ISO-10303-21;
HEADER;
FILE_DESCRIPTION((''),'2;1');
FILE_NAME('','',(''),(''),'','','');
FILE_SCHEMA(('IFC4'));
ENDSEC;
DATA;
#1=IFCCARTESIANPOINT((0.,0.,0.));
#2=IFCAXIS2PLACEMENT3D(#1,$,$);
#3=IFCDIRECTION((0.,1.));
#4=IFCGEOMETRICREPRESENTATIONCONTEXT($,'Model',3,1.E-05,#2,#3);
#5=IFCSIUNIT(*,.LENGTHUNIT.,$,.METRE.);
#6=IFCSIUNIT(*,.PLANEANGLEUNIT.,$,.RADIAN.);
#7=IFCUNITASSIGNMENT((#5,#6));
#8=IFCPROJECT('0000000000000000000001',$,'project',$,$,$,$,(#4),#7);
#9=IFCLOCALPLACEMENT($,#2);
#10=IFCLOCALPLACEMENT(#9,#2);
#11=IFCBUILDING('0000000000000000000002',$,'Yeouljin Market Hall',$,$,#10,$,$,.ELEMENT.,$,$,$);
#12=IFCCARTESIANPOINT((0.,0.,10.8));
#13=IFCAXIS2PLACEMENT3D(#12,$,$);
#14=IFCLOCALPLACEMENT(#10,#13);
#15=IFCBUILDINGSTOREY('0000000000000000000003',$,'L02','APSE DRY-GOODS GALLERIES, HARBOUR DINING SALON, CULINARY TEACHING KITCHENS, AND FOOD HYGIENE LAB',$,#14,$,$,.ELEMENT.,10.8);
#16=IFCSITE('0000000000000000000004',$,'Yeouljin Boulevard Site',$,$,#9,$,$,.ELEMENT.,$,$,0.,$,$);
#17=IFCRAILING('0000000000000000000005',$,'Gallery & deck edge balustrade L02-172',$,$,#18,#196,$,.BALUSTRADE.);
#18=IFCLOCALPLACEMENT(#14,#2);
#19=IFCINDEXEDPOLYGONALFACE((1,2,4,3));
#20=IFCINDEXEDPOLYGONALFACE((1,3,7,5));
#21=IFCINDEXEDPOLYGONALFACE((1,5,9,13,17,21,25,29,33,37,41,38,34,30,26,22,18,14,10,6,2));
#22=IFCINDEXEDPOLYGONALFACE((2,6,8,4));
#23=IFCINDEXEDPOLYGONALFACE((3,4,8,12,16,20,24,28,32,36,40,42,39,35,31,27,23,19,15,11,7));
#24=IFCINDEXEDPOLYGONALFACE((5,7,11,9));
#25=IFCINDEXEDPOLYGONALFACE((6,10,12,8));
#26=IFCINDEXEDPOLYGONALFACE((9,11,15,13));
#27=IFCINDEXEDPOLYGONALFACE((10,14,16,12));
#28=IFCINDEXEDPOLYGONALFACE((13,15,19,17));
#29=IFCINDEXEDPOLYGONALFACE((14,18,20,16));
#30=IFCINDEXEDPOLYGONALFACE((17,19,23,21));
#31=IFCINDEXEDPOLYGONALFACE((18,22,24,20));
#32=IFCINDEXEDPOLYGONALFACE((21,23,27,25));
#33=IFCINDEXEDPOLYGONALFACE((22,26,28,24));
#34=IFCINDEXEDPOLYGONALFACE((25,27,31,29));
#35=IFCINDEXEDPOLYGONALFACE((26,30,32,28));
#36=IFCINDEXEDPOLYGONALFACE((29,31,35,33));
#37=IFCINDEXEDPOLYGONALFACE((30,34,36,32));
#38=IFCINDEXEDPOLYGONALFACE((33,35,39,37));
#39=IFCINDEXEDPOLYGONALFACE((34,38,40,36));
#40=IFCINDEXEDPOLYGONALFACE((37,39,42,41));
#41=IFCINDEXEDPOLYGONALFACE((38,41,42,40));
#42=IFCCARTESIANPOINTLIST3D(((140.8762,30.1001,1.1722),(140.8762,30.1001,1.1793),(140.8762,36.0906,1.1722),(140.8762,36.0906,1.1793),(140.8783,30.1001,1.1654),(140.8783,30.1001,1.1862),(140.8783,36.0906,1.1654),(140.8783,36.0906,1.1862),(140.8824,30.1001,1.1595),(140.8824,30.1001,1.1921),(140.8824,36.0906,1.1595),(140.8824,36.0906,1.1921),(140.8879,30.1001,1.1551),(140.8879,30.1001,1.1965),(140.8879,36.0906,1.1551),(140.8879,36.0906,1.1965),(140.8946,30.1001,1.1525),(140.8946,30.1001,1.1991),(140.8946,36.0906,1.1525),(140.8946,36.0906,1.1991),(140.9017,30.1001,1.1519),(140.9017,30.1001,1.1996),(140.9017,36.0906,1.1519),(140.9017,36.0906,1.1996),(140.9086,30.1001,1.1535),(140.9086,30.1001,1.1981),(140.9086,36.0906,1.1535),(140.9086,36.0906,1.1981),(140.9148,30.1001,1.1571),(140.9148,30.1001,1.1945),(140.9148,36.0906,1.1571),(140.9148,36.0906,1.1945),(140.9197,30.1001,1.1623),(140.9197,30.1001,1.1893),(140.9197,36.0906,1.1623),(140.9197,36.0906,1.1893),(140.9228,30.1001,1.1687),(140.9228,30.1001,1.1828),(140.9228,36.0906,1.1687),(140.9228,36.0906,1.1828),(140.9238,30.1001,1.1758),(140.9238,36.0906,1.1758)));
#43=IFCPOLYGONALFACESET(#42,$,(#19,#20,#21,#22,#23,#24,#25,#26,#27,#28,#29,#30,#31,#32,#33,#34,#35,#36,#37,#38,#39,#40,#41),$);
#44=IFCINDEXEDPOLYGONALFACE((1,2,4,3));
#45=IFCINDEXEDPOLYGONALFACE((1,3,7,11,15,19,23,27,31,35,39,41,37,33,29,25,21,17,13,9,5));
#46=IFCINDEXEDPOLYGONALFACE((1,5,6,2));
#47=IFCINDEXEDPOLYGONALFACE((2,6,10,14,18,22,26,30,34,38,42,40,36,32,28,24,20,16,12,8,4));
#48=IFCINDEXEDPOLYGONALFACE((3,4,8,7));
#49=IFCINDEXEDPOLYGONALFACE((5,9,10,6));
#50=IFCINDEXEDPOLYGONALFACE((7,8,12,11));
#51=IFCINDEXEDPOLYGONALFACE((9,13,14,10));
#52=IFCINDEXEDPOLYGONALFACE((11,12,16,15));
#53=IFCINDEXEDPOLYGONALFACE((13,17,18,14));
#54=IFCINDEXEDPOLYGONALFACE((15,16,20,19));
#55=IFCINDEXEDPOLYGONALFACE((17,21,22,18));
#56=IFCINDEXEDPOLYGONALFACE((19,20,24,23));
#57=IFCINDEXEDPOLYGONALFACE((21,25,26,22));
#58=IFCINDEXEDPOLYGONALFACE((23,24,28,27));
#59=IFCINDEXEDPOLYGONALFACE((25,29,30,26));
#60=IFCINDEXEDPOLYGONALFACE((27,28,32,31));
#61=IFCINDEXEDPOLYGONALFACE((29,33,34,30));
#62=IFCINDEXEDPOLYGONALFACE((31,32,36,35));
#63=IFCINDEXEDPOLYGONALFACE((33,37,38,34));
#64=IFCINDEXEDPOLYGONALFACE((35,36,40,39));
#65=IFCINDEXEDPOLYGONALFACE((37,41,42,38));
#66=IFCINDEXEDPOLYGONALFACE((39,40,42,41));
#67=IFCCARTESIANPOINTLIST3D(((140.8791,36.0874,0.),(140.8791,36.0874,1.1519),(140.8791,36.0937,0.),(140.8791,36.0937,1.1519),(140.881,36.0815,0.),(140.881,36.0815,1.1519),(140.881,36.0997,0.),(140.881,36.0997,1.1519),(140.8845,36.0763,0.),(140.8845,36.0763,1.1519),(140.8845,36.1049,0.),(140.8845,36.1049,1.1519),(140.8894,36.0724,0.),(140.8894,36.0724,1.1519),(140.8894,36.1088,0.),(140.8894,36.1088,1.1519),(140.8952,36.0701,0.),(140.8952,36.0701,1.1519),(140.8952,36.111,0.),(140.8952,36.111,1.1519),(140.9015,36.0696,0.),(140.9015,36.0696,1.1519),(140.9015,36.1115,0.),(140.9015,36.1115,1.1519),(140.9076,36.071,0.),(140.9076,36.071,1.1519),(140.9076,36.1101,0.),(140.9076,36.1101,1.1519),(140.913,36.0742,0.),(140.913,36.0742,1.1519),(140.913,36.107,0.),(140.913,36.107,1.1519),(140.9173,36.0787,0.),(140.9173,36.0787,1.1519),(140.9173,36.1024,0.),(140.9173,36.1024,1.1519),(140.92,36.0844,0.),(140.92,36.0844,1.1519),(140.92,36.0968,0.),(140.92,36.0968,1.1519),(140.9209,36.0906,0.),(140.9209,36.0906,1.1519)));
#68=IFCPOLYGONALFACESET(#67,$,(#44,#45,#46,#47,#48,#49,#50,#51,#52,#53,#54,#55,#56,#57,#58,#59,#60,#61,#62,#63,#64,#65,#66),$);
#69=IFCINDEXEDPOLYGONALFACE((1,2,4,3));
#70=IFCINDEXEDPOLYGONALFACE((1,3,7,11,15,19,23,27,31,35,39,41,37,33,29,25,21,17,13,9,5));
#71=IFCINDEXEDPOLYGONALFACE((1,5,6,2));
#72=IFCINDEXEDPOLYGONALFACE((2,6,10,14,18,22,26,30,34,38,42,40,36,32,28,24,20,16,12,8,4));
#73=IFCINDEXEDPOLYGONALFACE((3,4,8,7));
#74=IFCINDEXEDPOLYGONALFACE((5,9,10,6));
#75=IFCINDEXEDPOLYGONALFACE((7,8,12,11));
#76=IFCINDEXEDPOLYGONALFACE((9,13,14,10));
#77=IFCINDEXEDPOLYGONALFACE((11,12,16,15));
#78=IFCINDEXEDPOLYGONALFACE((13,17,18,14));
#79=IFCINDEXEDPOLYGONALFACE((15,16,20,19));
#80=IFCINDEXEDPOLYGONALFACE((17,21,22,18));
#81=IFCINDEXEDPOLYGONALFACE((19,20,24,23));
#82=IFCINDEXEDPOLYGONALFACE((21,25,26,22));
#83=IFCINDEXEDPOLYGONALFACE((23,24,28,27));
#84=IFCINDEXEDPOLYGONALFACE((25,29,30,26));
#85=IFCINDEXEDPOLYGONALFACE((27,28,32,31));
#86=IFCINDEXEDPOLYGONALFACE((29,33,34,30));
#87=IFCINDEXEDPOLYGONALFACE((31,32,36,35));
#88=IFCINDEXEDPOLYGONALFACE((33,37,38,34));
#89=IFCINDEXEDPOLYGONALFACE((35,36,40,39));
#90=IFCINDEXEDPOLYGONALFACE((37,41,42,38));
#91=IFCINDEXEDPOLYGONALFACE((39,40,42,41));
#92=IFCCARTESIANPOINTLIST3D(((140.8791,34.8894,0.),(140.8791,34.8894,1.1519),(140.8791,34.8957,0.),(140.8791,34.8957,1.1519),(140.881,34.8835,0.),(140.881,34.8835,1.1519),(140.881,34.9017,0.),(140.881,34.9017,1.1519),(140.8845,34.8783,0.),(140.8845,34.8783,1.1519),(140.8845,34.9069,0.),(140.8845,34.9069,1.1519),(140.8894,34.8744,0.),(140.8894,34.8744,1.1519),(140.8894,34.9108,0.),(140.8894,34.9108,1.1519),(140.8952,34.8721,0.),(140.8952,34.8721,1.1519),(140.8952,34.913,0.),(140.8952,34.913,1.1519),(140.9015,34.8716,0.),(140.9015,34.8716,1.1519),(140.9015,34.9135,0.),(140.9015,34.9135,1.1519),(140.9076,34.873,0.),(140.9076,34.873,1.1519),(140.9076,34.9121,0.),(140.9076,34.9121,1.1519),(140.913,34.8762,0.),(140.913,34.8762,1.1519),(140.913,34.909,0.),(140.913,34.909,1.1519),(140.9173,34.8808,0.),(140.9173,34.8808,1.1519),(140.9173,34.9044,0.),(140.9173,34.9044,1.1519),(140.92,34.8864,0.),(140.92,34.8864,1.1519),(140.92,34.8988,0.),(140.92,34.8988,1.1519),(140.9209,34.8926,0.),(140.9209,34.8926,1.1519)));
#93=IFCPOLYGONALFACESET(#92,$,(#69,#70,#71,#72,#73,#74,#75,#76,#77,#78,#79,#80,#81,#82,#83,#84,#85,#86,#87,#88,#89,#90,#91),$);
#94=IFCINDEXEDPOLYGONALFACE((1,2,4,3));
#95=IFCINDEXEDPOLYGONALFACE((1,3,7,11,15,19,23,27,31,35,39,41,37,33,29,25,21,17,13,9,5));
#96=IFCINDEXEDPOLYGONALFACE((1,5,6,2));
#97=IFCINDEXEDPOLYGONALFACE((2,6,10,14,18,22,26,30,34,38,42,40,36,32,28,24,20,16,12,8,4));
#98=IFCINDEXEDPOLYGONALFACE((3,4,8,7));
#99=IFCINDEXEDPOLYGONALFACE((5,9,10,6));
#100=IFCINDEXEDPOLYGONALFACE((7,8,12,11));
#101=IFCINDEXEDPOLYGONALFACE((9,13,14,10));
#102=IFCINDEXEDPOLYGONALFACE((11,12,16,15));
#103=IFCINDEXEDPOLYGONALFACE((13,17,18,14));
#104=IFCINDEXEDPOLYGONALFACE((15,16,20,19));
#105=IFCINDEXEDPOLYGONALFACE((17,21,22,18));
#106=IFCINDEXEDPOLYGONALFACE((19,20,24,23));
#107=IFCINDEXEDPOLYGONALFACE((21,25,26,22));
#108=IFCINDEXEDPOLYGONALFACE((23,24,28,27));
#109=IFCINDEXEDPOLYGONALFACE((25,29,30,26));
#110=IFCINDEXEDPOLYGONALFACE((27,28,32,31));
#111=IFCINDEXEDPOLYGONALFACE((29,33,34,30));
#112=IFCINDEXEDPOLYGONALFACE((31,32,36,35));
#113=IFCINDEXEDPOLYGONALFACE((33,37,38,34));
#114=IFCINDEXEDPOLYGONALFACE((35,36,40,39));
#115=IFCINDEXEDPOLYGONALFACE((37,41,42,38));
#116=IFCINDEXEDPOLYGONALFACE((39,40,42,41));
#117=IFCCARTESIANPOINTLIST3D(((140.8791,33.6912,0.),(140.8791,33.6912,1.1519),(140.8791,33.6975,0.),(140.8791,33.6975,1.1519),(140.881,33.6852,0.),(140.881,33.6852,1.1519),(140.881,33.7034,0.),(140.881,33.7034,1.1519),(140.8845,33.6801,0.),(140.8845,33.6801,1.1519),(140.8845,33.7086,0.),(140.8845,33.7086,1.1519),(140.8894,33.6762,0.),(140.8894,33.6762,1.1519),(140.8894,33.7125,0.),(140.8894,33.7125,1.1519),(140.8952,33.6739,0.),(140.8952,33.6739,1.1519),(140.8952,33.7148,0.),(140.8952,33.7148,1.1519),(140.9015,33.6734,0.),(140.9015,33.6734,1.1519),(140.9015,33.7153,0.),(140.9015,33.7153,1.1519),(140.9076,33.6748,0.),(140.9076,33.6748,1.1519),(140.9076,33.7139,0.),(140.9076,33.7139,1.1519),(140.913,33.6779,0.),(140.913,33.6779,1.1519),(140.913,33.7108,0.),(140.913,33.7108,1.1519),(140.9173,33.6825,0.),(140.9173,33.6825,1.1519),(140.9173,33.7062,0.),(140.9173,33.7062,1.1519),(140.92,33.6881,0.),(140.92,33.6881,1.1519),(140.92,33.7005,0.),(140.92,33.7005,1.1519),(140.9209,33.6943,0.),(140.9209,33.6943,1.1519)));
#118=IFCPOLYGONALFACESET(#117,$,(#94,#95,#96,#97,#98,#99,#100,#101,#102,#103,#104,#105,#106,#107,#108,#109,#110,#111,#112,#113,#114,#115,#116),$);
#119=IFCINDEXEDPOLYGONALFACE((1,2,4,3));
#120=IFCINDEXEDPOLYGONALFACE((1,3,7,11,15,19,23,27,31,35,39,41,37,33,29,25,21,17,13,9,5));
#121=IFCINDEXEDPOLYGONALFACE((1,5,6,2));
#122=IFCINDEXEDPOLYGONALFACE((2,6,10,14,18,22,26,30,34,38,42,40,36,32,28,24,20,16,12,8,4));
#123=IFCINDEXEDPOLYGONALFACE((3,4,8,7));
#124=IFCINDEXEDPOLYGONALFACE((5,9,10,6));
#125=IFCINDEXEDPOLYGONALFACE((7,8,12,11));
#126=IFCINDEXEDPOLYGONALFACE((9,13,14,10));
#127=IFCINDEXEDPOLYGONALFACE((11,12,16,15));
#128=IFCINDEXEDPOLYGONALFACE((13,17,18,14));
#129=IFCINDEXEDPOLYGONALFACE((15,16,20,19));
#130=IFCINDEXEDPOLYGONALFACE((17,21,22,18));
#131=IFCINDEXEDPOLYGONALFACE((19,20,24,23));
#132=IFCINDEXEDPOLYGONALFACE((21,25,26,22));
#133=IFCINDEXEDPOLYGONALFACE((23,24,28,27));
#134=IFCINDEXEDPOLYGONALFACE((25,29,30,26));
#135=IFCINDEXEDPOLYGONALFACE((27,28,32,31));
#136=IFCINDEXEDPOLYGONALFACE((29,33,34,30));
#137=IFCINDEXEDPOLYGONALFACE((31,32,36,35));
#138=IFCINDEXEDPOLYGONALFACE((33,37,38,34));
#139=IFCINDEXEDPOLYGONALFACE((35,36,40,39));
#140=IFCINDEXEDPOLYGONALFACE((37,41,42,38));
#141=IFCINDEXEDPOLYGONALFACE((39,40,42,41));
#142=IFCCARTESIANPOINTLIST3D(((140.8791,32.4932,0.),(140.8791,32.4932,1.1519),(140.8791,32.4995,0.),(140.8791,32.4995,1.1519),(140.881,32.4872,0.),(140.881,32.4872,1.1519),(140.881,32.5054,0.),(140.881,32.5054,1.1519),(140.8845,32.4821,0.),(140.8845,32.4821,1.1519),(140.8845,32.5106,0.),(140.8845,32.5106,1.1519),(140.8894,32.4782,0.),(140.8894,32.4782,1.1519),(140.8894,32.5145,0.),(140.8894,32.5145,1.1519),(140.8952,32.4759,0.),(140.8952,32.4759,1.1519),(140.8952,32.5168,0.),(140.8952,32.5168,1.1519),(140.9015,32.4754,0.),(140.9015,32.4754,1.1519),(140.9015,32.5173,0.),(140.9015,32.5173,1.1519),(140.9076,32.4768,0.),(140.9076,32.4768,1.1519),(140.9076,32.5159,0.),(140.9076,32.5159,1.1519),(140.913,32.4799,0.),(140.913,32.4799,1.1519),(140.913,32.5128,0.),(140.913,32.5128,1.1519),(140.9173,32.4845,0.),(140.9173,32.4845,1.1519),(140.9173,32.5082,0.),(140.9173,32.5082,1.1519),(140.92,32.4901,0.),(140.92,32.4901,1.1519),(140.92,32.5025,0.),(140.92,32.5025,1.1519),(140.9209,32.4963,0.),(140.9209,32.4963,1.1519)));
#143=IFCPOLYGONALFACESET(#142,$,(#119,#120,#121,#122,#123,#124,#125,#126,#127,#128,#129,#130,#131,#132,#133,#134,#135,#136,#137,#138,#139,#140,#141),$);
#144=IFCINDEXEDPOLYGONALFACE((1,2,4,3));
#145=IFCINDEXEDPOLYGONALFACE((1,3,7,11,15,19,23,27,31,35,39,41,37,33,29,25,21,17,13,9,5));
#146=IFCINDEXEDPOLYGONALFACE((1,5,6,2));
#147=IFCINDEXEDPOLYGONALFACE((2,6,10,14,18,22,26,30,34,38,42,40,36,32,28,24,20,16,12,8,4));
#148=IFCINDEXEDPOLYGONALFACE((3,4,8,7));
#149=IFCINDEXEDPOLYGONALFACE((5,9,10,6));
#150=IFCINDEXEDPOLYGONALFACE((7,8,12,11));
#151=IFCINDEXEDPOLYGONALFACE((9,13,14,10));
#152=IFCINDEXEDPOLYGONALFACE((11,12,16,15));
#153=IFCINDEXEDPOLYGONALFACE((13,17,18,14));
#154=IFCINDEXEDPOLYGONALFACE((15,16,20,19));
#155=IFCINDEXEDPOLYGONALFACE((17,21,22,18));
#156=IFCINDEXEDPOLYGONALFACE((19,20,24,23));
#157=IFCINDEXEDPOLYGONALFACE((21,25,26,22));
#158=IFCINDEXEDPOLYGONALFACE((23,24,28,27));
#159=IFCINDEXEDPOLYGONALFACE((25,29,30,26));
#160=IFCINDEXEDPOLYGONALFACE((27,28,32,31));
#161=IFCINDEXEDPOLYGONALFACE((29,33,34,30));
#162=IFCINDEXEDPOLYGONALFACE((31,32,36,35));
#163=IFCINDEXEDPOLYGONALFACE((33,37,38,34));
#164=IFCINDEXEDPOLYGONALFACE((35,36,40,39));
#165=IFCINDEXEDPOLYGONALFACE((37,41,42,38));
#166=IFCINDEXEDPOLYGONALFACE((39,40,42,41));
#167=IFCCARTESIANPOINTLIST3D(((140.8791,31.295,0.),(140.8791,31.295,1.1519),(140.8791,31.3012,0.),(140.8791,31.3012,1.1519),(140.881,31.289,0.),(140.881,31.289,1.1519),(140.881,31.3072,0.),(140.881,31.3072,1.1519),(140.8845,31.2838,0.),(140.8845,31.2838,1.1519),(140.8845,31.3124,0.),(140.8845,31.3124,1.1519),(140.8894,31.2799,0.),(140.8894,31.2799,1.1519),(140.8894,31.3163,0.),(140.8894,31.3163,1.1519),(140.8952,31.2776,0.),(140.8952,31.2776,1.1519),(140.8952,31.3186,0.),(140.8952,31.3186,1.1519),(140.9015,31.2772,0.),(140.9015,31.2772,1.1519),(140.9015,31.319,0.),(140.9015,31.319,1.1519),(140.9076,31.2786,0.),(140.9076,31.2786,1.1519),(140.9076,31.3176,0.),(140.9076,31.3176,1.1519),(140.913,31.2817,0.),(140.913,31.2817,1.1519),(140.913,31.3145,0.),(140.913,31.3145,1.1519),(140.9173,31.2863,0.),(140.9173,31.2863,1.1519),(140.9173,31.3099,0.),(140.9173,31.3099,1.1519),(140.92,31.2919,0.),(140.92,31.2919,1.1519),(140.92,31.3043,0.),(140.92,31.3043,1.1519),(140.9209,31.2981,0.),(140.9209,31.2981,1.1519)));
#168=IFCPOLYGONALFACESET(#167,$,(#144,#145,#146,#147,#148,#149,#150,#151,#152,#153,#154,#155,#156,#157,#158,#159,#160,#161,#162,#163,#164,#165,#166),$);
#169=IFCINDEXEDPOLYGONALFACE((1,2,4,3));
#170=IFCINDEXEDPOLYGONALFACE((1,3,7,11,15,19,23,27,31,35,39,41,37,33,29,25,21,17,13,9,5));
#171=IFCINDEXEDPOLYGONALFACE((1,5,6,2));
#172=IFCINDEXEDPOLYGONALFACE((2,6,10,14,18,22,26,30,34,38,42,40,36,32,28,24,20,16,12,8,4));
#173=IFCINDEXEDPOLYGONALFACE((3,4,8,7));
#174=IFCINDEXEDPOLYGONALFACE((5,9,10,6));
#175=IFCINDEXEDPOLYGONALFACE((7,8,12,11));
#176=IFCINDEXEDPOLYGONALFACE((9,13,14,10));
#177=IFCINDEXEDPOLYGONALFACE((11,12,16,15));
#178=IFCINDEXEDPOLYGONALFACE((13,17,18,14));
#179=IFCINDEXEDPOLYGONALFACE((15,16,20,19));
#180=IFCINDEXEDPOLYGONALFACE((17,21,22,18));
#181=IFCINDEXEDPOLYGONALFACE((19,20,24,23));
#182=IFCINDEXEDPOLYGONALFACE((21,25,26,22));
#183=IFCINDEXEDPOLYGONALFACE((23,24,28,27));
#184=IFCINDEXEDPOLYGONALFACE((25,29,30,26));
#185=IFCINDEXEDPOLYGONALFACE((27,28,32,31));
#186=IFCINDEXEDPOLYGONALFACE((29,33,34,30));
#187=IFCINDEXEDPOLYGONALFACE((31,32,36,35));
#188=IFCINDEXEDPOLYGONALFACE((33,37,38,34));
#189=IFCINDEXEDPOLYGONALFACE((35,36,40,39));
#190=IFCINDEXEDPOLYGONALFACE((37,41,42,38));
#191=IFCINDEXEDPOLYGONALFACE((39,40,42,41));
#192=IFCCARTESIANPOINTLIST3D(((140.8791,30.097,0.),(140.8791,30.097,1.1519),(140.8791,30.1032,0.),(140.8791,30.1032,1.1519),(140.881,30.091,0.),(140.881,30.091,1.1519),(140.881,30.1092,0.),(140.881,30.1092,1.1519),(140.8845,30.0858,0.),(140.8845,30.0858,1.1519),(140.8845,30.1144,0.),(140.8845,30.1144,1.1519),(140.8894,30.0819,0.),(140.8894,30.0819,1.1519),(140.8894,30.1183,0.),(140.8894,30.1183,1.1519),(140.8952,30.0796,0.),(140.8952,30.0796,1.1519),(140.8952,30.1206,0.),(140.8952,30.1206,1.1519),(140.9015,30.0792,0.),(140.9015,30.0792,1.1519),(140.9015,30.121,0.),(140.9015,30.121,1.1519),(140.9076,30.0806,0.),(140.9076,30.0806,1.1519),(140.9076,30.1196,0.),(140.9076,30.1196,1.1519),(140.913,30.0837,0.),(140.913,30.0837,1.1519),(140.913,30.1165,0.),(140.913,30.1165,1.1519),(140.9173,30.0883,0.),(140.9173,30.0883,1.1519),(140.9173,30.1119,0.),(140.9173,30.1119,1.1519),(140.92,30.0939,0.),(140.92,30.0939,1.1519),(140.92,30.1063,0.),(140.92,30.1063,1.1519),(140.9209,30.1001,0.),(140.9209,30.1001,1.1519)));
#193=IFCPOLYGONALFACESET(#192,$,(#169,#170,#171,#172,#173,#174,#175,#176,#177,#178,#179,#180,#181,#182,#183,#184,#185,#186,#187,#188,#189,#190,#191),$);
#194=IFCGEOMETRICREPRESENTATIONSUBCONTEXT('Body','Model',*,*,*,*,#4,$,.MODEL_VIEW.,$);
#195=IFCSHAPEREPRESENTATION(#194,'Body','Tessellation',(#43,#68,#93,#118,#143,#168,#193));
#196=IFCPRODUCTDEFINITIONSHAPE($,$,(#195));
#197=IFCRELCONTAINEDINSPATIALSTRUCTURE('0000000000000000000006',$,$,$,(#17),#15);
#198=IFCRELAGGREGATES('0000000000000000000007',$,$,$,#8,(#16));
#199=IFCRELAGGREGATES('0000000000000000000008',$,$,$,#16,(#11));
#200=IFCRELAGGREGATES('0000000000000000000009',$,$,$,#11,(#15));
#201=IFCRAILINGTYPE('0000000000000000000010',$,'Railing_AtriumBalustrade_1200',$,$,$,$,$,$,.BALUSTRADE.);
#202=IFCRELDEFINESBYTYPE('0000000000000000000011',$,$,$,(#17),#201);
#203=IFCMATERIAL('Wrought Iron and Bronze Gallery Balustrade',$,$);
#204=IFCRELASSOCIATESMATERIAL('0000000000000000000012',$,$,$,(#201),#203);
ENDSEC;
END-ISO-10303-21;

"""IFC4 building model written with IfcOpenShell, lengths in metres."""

from ifc_helpers import new_model, si_unit, direction, frame, origin, origin_2d, place, context, subcontext, project, spatial, circle, extrude, material, type_object, element, save


model = new_model("IFC4")

# Units and contexts
model_context = context("Model", 3, precision=1e-05, world=origin(), true_north=direction((0.0, 1.0)))
body_context = subcontext(model_context, "Body", "Model", "MODEL_VIEW")
ifc_project = project(units=[si_unit("LENGTHUNIT", "METRE"), si_unit("PLANEANGLEUNIT", "RADIAN")], contexts=[model_context])

# Site, building, storey
site_placement = place(None, origin())
site = spatial("IfcSite", under=ifc_project, at=site_placement, Name="Yeouljin Boulevard Site", CompositionType="ELEMENT", RefElevation=0.0)
building_placement = place(site_placement, origin())
building = spatial("IfcBuilding", under=site, at=building_placement, Name="Yeouljin Market Hall", CompositionType="ELEMENT")
storey_placement = place(building_placement, frame((0.0, 0.0, 10.8)))
storey = spatial("IfcBuildingStorey", under=building, at=storey_placement, Name="L02", Description="APSE DRY-GOODS GALLERIES, HARBOUR DINING SALON, CULINARY TEACHING KITCHENS, AND FOOD HYGIENE LAB", CompositionType="ELEMENT", Elevation=10.8)

# Railing
ifc_material_1 = material(Name="Wrought Iron and Bronze Gallery Balustrade")
railing_type = type_object("IfcRailingType", Name="Railing_AtriumBalustrade_1200", PredefinedType="BALUSTRADE", material=ifc_material_1)
railing_1_placement = place(storey_placement, frame((140.8999, 36.0906, 0.0)))
element("IfcRailing", 1, at=railing_1_placement, inside=storey, type_object=railing_type, Name="Gallery & deck edge balustrade L02-172", PredefinedType="BALUSTRADE", context=body_context, shape_type="SweptSolid", body=[
    extrude(circle(Radius=0.0239, at=origin_2d()), frame((0.0, 0.0, 1.1758), z_axis=(0.0, -1.0, 0.0), x_axis=(1.0, 0.0, 0.0)), (0.0, 0.0, 1.0), 5.9905),
    extrude(circle(Radius=0.021, at=origin_2d()), origin(), (0.0, 0.0, 1.0), 1.1519),
    extrude(circle(Radius=0.021, at=origin_2d()), frame((0.0, -1.198, 0.0)), (0.0, 0.0, 1.0), 1.1519),
    extrude(circle(Radius=0.021, at=origin_2d()), frame((0.0, -2.3962, 0.0)), (0.0, 0.0, 1.0), 1.1519),
    extrude(circle(Radius=0.021, at=origin_2d()), frame((0.0, -3.5942, 0.0)), (0.0, 0.0, 1.0), 1.1519),
    extrude(circle(Radius=0.021, at=origin_2d()), frame((0.0, -4.7925, 0.0)), (0.0, 0.0, 1.0), 1.1519),
    extrude(circle(Radius=0.021, at=origin_2d()), frame((0.0, -5.9905, 0.0)), (0.0, 0.0, 1.0), 1.1519),
])

save(model, "model.ifc")
